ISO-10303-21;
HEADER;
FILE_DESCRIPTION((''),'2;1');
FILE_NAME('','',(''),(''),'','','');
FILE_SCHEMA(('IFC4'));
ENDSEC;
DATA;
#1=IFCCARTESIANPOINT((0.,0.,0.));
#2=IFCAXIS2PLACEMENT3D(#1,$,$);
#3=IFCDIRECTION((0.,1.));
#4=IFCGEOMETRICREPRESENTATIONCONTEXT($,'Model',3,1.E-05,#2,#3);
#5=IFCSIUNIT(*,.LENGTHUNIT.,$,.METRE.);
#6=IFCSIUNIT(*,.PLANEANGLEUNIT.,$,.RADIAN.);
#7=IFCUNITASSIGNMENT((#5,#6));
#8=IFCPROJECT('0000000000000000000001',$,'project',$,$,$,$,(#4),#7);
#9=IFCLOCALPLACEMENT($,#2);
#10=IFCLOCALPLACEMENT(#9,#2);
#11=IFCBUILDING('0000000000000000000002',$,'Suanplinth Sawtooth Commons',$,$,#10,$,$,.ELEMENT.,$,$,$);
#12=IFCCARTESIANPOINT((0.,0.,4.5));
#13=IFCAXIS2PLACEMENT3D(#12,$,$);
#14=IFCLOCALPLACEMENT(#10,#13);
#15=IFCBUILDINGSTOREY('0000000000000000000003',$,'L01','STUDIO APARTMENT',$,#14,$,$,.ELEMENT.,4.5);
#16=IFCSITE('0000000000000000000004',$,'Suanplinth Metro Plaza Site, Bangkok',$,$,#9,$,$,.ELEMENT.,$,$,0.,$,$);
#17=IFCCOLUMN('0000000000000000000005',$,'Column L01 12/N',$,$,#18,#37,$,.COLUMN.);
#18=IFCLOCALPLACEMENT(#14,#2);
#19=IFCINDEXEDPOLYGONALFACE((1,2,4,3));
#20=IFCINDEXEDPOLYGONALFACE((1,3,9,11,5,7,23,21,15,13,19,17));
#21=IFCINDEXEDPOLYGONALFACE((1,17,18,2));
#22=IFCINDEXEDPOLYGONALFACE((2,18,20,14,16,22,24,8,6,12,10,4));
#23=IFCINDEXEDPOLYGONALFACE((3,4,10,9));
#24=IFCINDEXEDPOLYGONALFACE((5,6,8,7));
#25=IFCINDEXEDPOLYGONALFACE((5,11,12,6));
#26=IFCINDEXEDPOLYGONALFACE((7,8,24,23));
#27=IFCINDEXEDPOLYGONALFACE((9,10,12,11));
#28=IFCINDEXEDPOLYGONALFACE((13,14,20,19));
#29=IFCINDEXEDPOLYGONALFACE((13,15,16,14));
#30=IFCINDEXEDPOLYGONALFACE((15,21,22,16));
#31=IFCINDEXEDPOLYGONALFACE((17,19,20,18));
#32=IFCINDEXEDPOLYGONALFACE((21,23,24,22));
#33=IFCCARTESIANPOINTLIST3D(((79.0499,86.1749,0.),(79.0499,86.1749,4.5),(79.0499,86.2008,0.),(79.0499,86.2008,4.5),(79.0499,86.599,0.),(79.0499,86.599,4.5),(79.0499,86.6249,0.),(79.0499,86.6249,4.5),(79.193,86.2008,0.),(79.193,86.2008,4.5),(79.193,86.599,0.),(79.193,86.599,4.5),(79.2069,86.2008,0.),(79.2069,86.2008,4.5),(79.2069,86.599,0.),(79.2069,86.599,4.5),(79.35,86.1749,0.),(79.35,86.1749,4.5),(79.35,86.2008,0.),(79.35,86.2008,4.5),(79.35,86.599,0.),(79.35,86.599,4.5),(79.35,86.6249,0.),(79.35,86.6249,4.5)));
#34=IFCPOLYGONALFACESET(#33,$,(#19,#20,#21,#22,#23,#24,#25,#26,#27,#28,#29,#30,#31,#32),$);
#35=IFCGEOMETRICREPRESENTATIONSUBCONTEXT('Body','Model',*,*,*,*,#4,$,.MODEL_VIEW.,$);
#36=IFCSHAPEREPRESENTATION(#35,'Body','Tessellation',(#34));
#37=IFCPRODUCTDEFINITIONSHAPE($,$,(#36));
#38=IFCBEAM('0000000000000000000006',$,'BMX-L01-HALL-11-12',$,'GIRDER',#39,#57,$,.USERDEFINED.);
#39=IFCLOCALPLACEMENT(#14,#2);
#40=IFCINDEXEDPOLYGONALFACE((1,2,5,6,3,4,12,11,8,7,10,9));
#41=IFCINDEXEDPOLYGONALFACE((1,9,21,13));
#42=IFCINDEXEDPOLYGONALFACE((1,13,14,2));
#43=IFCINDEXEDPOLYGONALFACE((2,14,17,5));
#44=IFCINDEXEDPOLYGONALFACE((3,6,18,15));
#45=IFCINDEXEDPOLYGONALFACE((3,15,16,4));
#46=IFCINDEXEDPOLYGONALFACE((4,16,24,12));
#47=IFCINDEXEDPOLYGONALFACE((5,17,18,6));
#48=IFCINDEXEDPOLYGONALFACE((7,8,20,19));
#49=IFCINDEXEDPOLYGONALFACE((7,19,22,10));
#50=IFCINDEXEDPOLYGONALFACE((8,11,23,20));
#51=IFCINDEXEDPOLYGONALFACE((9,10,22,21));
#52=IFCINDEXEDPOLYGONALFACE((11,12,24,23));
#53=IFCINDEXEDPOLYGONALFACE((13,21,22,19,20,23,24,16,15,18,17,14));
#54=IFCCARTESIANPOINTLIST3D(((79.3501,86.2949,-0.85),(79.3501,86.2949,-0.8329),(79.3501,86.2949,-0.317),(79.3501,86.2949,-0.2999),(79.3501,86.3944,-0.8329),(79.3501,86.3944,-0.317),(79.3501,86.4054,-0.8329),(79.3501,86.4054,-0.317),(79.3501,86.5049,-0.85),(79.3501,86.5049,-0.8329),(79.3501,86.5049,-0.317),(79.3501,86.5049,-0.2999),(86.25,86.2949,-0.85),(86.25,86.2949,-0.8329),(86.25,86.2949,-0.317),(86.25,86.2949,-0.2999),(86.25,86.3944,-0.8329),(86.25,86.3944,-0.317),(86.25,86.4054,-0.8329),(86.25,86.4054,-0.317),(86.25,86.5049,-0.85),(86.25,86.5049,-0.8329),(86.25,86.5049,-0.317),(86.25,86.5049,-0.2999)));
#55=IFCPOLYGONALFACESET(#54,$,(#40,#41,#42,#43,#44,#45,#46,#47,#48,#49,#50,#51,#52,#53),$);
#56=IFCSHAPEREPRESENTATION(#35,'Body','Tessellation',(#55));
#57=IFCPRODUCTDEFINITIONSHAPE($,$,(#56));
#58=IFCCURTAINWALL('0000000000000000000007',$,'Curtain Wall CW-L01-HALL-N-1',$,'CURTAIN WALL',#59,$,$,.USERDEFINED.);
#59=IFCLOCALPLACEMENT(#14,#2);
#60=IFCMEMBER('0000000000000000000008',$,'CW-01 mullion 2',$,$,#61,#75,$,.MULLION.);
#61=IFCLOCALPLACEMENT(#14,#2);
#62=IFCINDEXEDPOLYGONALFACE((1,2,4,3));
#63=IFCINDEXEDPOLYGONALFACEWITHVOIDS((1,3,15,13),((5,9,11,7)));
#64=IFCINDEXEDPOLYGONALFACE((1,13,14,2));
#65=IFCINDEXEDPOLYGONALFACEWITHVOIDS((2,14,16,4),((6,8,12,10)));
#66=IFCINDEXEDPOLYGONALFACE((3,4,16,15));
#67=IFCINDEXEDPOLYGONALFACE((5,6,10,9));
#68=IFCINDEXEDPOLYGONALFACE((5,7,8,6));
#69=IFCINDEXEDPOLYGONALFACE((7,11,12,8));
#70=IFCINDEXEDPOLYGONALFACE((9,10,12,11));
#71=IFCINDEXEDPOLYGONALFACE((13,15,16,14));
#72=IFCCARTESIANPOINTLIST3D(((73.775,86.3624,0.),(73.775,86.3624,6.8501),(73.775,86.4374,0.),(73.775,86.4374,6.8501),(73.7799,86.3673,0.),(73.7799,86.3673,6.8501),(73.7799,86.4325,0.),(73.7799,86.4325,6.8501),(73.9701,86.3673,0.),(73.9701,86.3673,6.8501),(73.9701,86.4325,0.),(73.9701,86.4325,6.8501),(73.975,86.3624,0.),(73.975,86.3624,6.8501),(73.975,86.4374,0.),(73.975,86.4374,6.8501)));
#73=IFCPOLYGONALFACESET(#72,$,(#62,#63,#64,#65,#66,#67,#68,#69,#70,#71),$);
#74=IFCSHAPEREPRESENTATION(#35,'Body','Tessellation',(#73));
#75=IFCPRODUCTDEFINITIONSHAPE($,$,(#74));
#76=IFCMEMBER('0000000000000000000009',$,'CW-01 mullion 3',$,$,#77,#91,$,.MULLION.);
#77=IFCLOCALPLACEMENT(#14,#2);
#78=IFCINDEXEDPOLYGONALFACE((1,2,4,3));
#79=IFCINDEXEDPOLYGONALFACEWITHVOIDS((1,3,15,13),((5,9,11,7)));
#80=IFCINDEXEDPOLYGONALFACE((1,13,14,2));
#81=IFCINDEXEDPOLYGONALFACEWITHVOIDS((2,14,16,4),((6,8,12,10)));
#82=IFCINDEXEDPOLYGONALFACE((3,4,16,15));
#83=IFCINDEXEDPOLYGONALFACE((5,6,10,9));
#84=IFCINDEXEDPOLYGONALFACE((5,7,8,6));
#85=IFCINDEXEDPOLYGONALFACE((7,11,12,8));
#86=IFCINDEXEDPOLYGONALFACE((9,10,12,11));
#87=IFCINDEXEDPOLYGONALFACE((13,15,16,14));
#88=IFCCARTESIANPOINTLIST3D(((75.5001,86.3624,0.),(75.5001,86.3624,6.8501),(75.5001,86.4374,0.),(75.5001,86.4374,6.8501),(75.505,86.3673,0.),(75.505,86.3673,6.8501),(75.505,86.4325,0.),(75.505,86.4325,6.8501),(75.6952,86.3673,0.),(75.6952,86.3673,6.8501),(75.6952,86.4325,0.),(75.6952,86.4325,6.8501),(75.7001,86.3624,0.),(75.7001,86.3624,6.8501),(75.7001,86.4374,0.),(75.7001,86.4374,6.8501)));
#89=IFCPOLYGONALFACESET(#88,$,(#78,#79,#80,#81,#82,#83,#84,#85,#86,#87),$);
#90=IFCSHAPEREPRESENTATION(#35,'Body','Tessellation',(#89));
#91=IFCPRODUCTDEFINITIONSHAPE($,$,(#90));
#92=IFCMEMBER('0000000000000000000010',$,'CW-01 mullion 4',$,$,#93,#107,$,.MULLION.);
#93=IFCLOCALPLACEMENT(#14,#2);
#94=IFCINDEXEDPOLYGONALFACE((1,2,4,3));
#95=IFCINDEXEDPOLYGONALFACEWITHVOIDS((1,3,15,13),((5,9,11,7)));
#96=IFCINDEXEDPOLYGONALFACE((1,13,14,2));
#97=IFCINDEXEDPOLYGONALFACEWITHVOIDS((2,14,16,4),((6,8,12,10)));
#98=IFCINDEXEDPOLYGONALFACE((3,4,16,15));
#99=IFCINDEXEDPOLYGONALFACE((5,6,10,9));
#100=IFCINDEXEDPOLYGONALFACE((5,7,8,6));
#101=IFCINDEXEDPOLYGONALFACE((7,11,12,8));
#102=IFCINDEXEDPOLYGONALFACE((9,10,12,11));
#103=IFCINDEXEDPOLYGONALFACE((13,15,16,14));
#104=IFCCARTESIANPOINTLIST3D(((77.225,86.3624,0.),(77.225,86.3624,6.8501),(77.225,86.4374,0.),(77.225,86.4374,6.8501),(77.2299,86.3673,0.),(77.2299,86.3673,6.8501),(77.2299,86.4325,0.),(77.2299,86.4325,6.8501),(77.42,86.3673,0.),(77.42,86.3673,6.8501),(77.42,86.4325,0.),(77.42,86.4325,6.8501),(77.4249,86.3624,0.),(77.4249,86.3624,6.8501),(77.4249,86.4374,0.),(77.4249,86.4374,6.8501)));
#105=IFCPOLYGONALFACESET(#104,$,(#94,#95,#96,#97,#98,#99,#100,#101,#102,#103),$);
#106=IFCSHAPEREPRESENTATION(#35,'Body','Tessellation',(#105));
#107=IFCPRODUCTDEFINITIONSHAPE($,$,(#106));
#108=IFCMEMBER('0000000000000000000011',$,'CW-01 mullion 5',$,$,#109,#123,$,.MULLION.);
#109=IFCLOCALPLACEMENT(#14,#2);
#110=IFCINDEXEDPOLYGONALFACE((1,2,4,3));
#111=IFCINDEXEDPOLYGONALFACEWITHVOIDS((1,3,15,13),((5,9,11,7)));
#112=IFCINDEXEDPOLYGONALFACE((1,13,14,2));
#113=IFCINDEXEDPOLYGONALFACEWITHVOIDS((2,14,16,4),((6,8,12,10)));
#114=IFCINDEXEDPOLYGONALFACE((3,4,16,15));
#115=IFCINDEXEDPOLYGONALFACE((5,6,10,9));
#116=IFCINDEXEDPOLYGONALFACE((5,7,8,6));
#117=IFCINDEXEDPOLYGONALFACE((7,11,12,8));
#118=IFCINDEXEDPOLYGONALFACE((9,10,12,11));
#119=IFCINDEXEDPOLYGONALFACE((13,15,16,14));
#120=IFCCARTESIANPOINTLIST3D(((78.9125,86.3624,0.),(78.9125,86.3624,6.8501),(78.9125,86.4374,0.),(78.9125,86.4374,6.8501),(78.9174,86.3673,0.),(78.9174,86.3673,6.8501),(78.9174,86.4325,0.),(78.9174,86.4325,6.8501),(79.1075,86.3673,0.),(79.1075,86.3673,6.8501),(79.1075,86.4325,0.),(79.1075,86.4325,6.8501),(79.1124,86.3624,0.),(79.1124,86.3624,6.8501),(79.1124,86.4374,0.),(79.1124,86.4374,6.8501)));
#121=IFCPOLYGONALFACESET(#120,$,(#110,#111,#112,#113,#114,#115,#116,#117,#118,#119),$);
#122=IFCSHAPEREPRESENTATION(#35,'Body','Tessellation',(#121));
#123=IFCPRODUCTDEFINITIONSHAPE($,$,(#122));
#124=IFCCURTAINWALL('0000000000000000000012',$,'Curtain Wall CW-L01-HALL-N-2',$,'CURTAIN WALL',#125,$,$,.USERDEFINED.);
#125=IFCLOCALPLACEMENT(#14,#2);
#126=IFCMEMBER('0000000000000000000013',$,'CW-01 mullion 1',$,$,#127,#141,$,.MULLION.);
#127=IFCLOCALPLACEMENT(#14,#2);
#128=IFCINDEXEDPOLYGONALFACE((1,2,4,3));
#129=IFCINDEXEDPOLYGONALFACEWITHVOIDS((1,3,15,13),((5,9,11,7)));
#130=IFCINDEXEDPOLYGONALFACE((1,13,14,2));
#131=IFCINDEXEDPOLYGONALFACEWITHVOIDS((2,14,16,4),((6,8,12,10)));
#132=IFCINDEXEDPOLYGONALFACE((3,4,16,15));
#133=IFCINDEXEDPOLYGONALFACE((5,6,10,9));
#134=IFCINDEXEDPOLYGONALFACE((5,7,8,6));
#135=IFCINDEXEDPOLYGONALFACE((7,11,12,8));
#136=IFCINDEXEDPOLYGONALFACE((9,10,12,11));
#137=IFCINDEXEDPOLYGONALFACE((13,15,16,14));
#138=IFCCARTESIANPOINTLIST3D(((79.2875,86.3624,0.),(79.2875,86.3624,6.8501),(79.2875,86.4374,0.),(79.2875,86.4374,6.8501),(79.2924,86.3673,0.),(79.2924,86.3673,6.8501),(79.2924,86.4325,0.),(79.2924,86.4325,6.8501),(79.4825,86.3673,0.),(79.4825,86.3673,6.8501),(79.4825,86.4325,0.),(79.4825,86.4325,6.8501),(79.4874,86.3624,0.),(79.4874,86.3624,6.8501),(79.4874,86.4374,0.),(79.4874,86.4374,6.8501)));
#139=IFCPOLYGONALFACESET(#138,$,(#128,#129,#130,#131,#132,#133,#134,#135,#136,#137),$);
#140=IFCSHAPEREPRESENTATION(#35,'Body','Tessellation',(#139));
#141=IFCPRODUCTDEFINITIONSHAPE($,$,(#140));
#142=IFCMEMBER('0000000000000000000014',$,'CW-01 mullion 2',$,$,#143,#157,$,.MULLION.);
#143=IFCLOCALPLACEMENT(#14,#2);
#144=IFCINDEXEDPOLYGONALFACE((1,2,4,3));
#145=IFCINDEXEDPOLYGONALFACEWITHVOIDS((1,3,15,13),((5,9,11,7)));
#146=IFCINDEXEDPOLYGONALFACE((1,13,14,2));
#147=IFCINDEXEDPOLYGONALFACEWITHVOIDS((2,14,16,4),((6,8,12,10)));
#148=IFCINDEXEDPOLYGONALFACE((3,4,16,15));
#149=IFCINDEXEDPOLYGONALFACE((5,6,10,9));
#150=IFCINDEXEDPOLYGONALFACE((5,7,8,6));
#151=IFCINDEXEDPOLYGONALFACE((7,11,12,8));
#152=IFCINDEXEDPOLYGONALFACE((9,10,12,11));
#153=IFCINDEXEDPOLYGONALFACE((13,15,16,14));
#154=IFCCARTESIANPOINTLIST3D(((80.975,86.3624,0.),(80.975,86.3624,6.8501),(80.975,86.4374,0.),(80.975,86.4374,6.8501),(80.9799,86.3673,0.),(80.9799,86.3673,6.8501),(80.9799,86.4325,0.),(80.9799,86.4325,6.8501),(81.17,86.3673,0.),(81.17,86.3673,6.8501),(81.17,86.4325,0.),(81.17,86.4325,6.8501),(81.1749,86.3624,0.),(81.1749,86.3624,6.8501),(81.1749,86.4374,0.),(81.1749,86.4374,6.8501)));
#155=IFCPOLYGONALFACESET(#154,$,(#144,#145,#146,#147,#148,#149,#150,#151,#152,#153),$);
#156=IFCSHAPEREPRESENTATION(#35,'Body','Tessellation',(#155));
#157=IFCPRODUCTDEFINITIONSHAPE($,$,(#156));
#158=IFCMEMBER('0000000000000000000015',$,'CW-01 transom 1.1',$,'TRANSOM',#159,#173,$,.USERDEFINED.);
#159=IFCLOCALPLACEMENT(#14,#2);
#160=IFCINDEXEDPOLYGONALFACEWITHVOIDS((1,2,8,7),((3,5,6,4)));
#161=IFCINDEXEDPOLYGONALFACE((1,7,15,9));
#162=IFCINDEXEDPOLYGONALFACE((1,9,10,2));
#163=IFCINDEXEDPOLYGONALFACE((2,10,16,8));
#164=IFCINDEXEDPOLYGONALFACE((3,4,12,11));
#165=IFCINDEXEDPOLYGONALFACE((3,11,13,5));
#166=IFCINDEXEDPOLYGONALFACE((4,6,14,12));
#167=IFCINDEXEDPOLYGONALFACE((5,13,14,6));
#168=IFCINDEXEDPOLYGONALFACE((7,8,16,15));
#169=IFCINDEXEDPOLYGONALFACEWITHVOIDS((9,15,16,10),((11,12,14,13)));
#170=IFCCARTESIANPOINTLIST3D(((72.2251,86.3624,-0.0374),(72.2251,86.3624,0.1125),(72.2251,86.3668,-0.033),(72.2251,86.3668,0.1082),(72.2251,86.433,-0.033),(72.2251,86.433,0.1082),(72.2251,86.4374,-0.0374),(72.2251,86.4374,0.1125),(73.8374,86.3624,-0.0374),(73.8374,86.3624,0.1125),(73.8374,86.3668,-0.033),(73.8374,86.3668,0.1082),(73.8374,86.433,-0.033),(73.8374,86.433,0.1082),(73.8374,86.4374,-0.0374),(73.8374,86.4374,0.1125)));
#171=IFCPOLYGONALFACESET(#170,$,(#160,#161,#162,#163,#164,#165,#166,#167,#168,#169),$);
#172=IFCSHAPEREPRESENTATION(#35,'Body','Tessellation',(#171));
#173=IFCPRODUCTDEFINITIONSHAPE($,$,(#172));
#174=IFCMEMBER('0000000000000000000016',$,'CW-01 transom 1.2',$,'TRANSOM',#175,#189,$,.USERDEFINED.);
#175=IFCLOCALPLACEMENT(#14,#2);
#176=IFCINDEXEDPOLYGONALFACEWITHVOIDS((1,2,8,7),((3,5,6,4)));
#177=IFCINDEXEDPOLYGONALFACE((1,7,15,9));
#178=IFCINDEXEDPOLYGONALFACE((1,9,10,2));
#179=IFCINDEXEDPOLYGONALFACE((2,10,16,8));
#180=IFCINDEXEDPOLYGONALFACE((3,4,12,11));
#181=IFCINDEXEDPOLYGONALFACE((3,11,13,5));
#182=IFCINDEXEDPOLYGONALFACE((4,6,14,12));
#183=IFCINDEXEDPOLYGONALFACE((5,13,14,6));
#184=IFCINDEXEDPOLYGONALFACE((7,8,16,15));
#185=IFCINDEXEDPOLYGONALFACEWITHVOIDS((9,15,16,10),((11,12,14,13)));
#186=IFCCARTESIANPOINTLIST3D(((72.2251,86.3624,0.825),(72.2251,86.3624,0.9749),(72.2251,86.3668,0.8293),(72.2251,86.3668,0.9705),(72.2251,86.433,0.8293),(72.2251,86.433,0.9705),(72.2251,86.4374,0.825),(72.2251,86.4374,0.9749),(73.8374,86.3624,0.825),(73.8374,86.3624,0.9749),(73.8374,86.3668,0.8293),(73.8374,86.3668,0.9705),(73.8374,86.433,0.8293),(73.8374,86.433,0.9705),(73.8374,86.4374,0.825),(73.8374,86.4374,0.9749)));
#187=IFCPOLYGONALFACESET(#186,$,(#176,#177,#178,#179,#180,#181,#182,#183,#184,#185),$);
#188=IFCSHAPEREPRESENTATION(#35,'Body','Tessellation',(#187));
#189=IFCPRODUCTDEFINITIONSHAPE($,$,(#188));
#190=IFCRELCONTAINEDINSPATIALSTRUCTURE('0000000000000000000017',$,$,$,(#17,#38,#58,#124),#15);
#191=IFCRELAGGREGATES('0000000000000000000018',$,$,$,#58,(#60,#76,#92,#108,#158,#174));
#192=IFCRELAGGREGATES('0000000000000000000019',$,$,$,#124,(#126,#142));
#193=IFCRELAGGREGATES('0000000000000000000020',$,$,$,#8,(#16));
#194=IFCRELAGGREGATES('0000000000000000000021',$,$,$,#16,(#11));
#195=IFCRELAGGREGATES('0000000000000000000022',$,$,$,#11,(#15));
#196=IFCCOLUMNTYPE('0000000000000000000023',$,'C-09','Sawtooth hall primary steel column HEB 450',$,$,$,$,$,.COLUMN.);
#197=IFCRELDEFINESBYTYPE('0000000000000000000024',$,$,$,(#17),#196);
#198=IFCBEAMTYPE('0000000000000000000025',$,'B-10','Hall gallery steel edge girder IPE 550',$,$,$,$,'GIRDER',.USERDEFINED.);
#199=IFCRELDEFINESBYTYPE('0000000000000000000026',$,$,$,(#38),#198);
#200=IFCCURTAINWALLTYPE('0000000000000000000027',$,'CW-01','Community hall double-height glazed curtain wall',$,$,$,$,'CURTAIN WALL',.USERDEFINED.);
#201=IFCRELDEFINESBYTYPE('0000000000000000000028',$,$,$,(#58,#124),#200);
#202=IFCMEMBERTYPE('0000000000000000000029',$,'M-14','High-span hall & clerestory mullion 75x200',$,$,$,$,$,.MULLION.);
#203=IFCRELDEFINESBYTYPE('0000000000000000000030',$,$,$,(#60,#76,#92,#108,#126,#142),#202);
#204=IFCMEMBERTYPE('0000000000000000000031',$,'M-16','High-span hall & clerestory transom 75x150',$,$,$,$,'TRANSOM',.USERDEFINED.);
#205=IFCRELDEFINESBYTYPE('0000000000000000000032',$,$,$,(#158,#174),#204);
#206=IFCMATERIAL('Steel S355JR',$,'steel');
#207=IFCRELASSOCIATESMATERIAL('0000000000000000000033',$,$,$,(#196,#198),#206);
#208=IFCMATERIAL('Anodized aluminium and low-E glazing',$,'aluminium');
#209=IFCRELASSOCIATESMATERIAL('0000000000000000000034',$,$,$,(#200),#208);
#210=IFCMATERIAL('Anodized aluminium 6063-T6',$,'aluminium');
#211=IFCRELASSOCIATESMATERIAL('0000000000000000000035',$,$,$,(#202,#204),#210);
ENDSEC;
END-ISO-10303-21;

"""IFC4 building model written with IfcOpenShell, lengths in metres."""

from ifc_helpers import new_model, si_unit, direction, frame, origin, origin_2d, place, context, subcontext, project, spatial, hollow_rectangle, i_section, extrude, material, material_profile, profile_set, type_object, element, aggregate, save


model = new_model("IFC4")

# Units and contexts
model_context = context("Model", 3, precision=1e-05, world=origin(), true_north=direction((0.0, 1.0)))
body_context = subcontext(model_context, "Body", "Model", "MODEL_VIEW")
ifc_project = project(units=[si_unit("LENGTHUNIT", "METRE"), si_unit("PLANEANGLEUNIT", "RADIAN")], contexts=[model_context])

# Site, building, storey
site_placement = place(None, origin())
site = spatial("IfcSite", under=ifc_project, at=site_placement, Name="Suanplinth Metro Plaza Site, Bangkok", CompositionType="ELEMENT", RefElevation=0.0)
building_placement = place(site_placement, origin())
building = spatial("IfcBuilding", under=site, at=building_placement, Name="Suanplinth Sawtooth Commons", CompositionType="ELEMENT")
storey_placement = place(building_placement, frame((0.0, 0.0, 4.5)))
storey = spatial("IfcBuildingStorey", under=building, at=storey_placement, Name="L01", Description="STUDIO APARTMENT", CompositionType="ELEMENT", Elevation=4.5)

# Column
ifc_material_1 = material(Name="Steel S355JR", Category="steel")
ifc_material_profile_1 = material_profile(ifc_material_1, i_section(OverallWidth=0.3, OverallDepth=0.45, WebThickness=0.0139, FlangeThickness=0.0259, at=origin_2d()), Name="HEB 450")
ifc_profile_set_1 = profile_set([ifc_material_profile_1], Name="Steel S355JR")
column_type = type_object("IfcColumnType", Name="C-09", Description="Sawtooth hall primary steel column HEB 450", PredefinedType="COLUMN", material=ifc_profile_set_1)
column_placement = place(storey_placement, frame((79.2, 86.3999, 0.0), z_axis=(0.0, 0.0, 1.0), x_axis=(1.0, 0.0, 0.0)))
element("IfcColumn", 1, at=column_placement, inside=storey, type_object=column_type, Name="Column L01 12/N", PredefinedType="COLUMN", context=body_context, shape_type="SweptSolid", body=[
    extrude(i_section(OverallWidth=0.3, OverallDepth=0.45, WebThickness=0.0139, FlangeThickness=0.0259, at=origin_2d()), origin(), (0.0, 0.0, 1.0), 4.5),
])

# Beam
ifc_material_profile_2 = material_profile(ifc_material_1, i_section(OverallWidth=0.21, OverallDepth=0.55, WebThickness=0.011, FlangeThickness=0.0171, at=origin_2d()), Name="IPE 550")
ifc_profile_set_2 = profile_set([ifc_material_profile_2], Name="Steel S355JR")
beam_type = type_object("IfcBeamType", Name="B-10", Description="Hall gallery steel edge girder IPE 550", ElementType="GIRDER", PredefinedType="USERDEFINED", material=ifc_profile_set_2)
beam_placement = place(storey_placement, frame((79.3501, 86.3999, -0.575), z_axis=(1.0, 0.0, 0.0), x_axis=(0.0, 1.0, 0.0)))
element("IfcBeam", 2, at=beam_placement, inside=storey, type_object=beam_type, Name="BMX-L01-HALL-11-12", ObjectType="GIRDER", PredefinedType="USERDEFINED", context=body_context, shape_type="SweptSolid", body=[
    extrude(i_section(OverallWidth=0.21, OverallDepth=0.55, WebThickness=0.011, FlangeThickness=0.0171, at=origin_2d()), origin(), (0.0, 0.0, 1.0), 6.8999),
])

# Curtain walls, members
ifc_material_2 = material(Name="Anodized aluminium and low-E glazing", Category="aluminium")
curtain_wall_type = type_object("IfcCurtainWallType", Name="CW-01", Description="Community hall double-height glazed curtain wall", ElementType="CURTAIN WALL", PredefinedType="USERDEFINED", material=ifc_material_2)
curtain_wall_1_placement = place(storey_placement, origin())
curtain_wall_1 = element("IfcCurtainWall", 3, at=curtain_wall_1_placement, inside=storey, type_object=curtain_wall_type, Name="Curtain Wall CW-L01-HALL-N-1", ObjectType="CURTAIN WALL", PredefinedType="USERDEFINED")
ifc_material_3 = material(Name="Anodized aluminium 6063-T6", Category="aluminium")
ifc_material_profile_3 = material_profile(ifc_material_3, hollow_rectangle(XDim=0.075, YDim=0.2, WallThickness=0.0049, at=origin_2d()), Name="ALU-MUL 75x200")
ifc_profile_set_3 = profile_set([ifc_material_profile_3], Name="Anodized aluminium 6063-T6")
member_type_1 = type_object("IfcMemberType", Name="M-14", Description="High-span hall & clerestory mullion 75x200", PredefinedType="MULLION", material=ifc_profile_set_3)
member_1_placement = place(storey_placement, frame((73.875, 86.3999, 0.0), z_axis=(0.0, 0.0, 1.0), x_axis=(0.0, 1.0, 0.0)))
member_1 = element("IfcMember", 4, at=member_1_placement, type_object=member_type_1, Name="CW-01 mullion 2", PredefinedType="MULLION", context=body_context, shape_type="SweptSolid", body=[
    extrude(hollow_rectangle(XDim=0.075, YDim=0.2, WallThickness=0.0049, at=origin_2d()), origin(), (0.0, 0.0, 1.0), 6.8501),
])
member_2_placement = place(storey_placement, frame((75.6001, 86.3999, 0.0), z_axis=(0.0, 0.0, 1.0), x_axis=(0.0, 1.0, 0.0)))
member_2 = element("IfcMember", 5, at=member_2_placement, type_object=member_type_1, Name="CW-01 mullion 3", PredefinedType="MULLION", context=body_context, shape_type="SweptSolid", body=[
    extrude(hollow_rectangle(XDim=0.075, YDim=0.2, WallThickness=0.0049, at=origin_2d()), origin(), (0.0, 0.0, 1.0), 6.8501),
])
member_3_placement = place(storey_placement, frame((77.325, 86.3999, 0.0), z_axis=(0.0, 0.0, 1.0), x_axis=(0.0, 1.0, 0.0)))
member_3 = element("IfcMember", 6, at=member_3_placement, type_object=member_type_1, Name="CW-01 mullion 4", PredefinedType="MULLION", context=body_context, shape_type="SweptSolid", body=[
    extrude(hollow_rectangle(XDim=0.075, YDim=0.2, WallThickness=0.0049, at=origin_2d()), origin(), (0.0, 0.0, 1.0), 6.8501),
])
member_4_placement = place(storey_placement, frame((79.0125, 86.3999, 0.0), z_axis=(0.0, 0.0, 1.0), x_axis=(0.0, 1.0, 0.0)))
member_4 = element("IfcMember", 7, at=member_4_placement, type_object=member_type_1, Name="CW-01 mullion 5", PredefinedType="MULLION", context=body_context, shape_type="SweptSolid", body=[
    extrude(hollow_rectangle(XDim=0.075, YDim=0.2, WallThickness=0.0049, at=origin_2d()), origin(), (0.0, 0.0, 1.0), 6.8501),
])
curtain_wall_2_placement = place(storey_placement, origin())
curtain_wall_2 = element("IfcCurtainWall", 8, at=curtain_wall_2_placement, inside=storey, type_object=curtain_wall_type, Name="Curtain Wall CW-L01-HALL-N-2", ObjectType="CURTAIN WALL", PredefinedType="USERDEFINED")
member_5_placement = place(storey_placement, frame((79.3875, 86.3999, 0.0), z_axis=(0.0, 0.0, 1.0), x_axis=(0.0, 1.0, 0.0)))
member_5 = element("IfcMember", 9, at=member_5_placement, type_object=member_type_1, Name="CW-01 mullion 1", PredefinedType="MULLION", context=body_context, shape_type="SweptSolid", body=[
    extrude(hollow_rectangle(XDim=0.075, YDim=0.2, WallThickness=0.0049, at=origin_2d()), origin(), (0.0, 0.0, 1.0), 6.8501),
])
member_6_placement = place(storey_placement, frame((81.075, 86.3999, 0.0), z_axis=(0.0, 0.0, 1.0), x_axis=(0.0, 1.0, 0.0)))
member_6 = element("IfcMember", 10, at=member_6_placement, type_object=member_type_1, Name="CW-01 mullion 2", PredefinedType="MULLION", context=body_context, shape_type="SweptSolid", body=[
    extrude(hollow_rectangle(XDim=0.075, YDim=0.2, WallThickness=0.0049, at=origin_2d()), origin(), (0.0, 0.0, 1.0), 6.8501),
])

# Members
ifc_material_profile_4 = material_profile(ifc_material_3, hollow_rectangle(XDim=0.075, YDim=0.1499, WallThickness=0.0044, at=origin_2d()), Name="ALU-TRN 75x150")
ifc_profile_set_4 = profile_set([ifc_material_profile_4], Name="Anodized aluminium 6063-T6")
member_type_2 = type_object("IfcMemberType", Name="M-16", Description="High-span hall & clerestory transom 75x150", ElementType="TRANSOM", PredefinedType="USERDEFINED", material=ifc_profile_set_4)
member_7_placement = place(storey_placement, frame((72.2251, 86.3999, 0.0376), z_axis=(1.0, 0.0, 0.0), x_axis=(0.0, 1.0, 0.0)))
member_7 = element("IfcMember", 11, at=member_7_placement, type_object=member_type_2, Name="CW-01 transom 1.1", ObjectType="TRANSOM", PredefinedType="USERDEFINED", context=body_context, shape_type="SweptSolid", body=[
    extrude(hollow_rectangle(XDim=0.075, YDim=0.1499, WallThickness=0.0044, at=origin_2d()), origin(), (0.0, 0.0, 1.0), 1.6123),
])
member_8_placement = place(storey_placement, frame((72.2251, 86.3999, 0.8999), z_axis=(1.0, 0.0, 0.0), x_axis=(0.0, 1.0, 0.0)))
member_8 = element("IfcMember", 12, at=member_8_placement, type_object=member_type_2, Name="CW-01 transom 1.2", ObjectType="TRANSOM", PredefinedType="USERDEFINED", context=body_context, shape_type="SweptSolid", body=[
    extrude(hollow_rectangle(XDim=0.075, YDim=0.1499, WallThickness=0.0044, at=origin_2d()), origin(), (0.0, 0.0, 1.0), 1.6123),
])

aggregate(curtain_wall_1, [member_1, member_2, member_3, member_4, member_7, member_8])
aggregate(curtain_wall_2, [member_5, member_6])

save(model, "model.ifc")
